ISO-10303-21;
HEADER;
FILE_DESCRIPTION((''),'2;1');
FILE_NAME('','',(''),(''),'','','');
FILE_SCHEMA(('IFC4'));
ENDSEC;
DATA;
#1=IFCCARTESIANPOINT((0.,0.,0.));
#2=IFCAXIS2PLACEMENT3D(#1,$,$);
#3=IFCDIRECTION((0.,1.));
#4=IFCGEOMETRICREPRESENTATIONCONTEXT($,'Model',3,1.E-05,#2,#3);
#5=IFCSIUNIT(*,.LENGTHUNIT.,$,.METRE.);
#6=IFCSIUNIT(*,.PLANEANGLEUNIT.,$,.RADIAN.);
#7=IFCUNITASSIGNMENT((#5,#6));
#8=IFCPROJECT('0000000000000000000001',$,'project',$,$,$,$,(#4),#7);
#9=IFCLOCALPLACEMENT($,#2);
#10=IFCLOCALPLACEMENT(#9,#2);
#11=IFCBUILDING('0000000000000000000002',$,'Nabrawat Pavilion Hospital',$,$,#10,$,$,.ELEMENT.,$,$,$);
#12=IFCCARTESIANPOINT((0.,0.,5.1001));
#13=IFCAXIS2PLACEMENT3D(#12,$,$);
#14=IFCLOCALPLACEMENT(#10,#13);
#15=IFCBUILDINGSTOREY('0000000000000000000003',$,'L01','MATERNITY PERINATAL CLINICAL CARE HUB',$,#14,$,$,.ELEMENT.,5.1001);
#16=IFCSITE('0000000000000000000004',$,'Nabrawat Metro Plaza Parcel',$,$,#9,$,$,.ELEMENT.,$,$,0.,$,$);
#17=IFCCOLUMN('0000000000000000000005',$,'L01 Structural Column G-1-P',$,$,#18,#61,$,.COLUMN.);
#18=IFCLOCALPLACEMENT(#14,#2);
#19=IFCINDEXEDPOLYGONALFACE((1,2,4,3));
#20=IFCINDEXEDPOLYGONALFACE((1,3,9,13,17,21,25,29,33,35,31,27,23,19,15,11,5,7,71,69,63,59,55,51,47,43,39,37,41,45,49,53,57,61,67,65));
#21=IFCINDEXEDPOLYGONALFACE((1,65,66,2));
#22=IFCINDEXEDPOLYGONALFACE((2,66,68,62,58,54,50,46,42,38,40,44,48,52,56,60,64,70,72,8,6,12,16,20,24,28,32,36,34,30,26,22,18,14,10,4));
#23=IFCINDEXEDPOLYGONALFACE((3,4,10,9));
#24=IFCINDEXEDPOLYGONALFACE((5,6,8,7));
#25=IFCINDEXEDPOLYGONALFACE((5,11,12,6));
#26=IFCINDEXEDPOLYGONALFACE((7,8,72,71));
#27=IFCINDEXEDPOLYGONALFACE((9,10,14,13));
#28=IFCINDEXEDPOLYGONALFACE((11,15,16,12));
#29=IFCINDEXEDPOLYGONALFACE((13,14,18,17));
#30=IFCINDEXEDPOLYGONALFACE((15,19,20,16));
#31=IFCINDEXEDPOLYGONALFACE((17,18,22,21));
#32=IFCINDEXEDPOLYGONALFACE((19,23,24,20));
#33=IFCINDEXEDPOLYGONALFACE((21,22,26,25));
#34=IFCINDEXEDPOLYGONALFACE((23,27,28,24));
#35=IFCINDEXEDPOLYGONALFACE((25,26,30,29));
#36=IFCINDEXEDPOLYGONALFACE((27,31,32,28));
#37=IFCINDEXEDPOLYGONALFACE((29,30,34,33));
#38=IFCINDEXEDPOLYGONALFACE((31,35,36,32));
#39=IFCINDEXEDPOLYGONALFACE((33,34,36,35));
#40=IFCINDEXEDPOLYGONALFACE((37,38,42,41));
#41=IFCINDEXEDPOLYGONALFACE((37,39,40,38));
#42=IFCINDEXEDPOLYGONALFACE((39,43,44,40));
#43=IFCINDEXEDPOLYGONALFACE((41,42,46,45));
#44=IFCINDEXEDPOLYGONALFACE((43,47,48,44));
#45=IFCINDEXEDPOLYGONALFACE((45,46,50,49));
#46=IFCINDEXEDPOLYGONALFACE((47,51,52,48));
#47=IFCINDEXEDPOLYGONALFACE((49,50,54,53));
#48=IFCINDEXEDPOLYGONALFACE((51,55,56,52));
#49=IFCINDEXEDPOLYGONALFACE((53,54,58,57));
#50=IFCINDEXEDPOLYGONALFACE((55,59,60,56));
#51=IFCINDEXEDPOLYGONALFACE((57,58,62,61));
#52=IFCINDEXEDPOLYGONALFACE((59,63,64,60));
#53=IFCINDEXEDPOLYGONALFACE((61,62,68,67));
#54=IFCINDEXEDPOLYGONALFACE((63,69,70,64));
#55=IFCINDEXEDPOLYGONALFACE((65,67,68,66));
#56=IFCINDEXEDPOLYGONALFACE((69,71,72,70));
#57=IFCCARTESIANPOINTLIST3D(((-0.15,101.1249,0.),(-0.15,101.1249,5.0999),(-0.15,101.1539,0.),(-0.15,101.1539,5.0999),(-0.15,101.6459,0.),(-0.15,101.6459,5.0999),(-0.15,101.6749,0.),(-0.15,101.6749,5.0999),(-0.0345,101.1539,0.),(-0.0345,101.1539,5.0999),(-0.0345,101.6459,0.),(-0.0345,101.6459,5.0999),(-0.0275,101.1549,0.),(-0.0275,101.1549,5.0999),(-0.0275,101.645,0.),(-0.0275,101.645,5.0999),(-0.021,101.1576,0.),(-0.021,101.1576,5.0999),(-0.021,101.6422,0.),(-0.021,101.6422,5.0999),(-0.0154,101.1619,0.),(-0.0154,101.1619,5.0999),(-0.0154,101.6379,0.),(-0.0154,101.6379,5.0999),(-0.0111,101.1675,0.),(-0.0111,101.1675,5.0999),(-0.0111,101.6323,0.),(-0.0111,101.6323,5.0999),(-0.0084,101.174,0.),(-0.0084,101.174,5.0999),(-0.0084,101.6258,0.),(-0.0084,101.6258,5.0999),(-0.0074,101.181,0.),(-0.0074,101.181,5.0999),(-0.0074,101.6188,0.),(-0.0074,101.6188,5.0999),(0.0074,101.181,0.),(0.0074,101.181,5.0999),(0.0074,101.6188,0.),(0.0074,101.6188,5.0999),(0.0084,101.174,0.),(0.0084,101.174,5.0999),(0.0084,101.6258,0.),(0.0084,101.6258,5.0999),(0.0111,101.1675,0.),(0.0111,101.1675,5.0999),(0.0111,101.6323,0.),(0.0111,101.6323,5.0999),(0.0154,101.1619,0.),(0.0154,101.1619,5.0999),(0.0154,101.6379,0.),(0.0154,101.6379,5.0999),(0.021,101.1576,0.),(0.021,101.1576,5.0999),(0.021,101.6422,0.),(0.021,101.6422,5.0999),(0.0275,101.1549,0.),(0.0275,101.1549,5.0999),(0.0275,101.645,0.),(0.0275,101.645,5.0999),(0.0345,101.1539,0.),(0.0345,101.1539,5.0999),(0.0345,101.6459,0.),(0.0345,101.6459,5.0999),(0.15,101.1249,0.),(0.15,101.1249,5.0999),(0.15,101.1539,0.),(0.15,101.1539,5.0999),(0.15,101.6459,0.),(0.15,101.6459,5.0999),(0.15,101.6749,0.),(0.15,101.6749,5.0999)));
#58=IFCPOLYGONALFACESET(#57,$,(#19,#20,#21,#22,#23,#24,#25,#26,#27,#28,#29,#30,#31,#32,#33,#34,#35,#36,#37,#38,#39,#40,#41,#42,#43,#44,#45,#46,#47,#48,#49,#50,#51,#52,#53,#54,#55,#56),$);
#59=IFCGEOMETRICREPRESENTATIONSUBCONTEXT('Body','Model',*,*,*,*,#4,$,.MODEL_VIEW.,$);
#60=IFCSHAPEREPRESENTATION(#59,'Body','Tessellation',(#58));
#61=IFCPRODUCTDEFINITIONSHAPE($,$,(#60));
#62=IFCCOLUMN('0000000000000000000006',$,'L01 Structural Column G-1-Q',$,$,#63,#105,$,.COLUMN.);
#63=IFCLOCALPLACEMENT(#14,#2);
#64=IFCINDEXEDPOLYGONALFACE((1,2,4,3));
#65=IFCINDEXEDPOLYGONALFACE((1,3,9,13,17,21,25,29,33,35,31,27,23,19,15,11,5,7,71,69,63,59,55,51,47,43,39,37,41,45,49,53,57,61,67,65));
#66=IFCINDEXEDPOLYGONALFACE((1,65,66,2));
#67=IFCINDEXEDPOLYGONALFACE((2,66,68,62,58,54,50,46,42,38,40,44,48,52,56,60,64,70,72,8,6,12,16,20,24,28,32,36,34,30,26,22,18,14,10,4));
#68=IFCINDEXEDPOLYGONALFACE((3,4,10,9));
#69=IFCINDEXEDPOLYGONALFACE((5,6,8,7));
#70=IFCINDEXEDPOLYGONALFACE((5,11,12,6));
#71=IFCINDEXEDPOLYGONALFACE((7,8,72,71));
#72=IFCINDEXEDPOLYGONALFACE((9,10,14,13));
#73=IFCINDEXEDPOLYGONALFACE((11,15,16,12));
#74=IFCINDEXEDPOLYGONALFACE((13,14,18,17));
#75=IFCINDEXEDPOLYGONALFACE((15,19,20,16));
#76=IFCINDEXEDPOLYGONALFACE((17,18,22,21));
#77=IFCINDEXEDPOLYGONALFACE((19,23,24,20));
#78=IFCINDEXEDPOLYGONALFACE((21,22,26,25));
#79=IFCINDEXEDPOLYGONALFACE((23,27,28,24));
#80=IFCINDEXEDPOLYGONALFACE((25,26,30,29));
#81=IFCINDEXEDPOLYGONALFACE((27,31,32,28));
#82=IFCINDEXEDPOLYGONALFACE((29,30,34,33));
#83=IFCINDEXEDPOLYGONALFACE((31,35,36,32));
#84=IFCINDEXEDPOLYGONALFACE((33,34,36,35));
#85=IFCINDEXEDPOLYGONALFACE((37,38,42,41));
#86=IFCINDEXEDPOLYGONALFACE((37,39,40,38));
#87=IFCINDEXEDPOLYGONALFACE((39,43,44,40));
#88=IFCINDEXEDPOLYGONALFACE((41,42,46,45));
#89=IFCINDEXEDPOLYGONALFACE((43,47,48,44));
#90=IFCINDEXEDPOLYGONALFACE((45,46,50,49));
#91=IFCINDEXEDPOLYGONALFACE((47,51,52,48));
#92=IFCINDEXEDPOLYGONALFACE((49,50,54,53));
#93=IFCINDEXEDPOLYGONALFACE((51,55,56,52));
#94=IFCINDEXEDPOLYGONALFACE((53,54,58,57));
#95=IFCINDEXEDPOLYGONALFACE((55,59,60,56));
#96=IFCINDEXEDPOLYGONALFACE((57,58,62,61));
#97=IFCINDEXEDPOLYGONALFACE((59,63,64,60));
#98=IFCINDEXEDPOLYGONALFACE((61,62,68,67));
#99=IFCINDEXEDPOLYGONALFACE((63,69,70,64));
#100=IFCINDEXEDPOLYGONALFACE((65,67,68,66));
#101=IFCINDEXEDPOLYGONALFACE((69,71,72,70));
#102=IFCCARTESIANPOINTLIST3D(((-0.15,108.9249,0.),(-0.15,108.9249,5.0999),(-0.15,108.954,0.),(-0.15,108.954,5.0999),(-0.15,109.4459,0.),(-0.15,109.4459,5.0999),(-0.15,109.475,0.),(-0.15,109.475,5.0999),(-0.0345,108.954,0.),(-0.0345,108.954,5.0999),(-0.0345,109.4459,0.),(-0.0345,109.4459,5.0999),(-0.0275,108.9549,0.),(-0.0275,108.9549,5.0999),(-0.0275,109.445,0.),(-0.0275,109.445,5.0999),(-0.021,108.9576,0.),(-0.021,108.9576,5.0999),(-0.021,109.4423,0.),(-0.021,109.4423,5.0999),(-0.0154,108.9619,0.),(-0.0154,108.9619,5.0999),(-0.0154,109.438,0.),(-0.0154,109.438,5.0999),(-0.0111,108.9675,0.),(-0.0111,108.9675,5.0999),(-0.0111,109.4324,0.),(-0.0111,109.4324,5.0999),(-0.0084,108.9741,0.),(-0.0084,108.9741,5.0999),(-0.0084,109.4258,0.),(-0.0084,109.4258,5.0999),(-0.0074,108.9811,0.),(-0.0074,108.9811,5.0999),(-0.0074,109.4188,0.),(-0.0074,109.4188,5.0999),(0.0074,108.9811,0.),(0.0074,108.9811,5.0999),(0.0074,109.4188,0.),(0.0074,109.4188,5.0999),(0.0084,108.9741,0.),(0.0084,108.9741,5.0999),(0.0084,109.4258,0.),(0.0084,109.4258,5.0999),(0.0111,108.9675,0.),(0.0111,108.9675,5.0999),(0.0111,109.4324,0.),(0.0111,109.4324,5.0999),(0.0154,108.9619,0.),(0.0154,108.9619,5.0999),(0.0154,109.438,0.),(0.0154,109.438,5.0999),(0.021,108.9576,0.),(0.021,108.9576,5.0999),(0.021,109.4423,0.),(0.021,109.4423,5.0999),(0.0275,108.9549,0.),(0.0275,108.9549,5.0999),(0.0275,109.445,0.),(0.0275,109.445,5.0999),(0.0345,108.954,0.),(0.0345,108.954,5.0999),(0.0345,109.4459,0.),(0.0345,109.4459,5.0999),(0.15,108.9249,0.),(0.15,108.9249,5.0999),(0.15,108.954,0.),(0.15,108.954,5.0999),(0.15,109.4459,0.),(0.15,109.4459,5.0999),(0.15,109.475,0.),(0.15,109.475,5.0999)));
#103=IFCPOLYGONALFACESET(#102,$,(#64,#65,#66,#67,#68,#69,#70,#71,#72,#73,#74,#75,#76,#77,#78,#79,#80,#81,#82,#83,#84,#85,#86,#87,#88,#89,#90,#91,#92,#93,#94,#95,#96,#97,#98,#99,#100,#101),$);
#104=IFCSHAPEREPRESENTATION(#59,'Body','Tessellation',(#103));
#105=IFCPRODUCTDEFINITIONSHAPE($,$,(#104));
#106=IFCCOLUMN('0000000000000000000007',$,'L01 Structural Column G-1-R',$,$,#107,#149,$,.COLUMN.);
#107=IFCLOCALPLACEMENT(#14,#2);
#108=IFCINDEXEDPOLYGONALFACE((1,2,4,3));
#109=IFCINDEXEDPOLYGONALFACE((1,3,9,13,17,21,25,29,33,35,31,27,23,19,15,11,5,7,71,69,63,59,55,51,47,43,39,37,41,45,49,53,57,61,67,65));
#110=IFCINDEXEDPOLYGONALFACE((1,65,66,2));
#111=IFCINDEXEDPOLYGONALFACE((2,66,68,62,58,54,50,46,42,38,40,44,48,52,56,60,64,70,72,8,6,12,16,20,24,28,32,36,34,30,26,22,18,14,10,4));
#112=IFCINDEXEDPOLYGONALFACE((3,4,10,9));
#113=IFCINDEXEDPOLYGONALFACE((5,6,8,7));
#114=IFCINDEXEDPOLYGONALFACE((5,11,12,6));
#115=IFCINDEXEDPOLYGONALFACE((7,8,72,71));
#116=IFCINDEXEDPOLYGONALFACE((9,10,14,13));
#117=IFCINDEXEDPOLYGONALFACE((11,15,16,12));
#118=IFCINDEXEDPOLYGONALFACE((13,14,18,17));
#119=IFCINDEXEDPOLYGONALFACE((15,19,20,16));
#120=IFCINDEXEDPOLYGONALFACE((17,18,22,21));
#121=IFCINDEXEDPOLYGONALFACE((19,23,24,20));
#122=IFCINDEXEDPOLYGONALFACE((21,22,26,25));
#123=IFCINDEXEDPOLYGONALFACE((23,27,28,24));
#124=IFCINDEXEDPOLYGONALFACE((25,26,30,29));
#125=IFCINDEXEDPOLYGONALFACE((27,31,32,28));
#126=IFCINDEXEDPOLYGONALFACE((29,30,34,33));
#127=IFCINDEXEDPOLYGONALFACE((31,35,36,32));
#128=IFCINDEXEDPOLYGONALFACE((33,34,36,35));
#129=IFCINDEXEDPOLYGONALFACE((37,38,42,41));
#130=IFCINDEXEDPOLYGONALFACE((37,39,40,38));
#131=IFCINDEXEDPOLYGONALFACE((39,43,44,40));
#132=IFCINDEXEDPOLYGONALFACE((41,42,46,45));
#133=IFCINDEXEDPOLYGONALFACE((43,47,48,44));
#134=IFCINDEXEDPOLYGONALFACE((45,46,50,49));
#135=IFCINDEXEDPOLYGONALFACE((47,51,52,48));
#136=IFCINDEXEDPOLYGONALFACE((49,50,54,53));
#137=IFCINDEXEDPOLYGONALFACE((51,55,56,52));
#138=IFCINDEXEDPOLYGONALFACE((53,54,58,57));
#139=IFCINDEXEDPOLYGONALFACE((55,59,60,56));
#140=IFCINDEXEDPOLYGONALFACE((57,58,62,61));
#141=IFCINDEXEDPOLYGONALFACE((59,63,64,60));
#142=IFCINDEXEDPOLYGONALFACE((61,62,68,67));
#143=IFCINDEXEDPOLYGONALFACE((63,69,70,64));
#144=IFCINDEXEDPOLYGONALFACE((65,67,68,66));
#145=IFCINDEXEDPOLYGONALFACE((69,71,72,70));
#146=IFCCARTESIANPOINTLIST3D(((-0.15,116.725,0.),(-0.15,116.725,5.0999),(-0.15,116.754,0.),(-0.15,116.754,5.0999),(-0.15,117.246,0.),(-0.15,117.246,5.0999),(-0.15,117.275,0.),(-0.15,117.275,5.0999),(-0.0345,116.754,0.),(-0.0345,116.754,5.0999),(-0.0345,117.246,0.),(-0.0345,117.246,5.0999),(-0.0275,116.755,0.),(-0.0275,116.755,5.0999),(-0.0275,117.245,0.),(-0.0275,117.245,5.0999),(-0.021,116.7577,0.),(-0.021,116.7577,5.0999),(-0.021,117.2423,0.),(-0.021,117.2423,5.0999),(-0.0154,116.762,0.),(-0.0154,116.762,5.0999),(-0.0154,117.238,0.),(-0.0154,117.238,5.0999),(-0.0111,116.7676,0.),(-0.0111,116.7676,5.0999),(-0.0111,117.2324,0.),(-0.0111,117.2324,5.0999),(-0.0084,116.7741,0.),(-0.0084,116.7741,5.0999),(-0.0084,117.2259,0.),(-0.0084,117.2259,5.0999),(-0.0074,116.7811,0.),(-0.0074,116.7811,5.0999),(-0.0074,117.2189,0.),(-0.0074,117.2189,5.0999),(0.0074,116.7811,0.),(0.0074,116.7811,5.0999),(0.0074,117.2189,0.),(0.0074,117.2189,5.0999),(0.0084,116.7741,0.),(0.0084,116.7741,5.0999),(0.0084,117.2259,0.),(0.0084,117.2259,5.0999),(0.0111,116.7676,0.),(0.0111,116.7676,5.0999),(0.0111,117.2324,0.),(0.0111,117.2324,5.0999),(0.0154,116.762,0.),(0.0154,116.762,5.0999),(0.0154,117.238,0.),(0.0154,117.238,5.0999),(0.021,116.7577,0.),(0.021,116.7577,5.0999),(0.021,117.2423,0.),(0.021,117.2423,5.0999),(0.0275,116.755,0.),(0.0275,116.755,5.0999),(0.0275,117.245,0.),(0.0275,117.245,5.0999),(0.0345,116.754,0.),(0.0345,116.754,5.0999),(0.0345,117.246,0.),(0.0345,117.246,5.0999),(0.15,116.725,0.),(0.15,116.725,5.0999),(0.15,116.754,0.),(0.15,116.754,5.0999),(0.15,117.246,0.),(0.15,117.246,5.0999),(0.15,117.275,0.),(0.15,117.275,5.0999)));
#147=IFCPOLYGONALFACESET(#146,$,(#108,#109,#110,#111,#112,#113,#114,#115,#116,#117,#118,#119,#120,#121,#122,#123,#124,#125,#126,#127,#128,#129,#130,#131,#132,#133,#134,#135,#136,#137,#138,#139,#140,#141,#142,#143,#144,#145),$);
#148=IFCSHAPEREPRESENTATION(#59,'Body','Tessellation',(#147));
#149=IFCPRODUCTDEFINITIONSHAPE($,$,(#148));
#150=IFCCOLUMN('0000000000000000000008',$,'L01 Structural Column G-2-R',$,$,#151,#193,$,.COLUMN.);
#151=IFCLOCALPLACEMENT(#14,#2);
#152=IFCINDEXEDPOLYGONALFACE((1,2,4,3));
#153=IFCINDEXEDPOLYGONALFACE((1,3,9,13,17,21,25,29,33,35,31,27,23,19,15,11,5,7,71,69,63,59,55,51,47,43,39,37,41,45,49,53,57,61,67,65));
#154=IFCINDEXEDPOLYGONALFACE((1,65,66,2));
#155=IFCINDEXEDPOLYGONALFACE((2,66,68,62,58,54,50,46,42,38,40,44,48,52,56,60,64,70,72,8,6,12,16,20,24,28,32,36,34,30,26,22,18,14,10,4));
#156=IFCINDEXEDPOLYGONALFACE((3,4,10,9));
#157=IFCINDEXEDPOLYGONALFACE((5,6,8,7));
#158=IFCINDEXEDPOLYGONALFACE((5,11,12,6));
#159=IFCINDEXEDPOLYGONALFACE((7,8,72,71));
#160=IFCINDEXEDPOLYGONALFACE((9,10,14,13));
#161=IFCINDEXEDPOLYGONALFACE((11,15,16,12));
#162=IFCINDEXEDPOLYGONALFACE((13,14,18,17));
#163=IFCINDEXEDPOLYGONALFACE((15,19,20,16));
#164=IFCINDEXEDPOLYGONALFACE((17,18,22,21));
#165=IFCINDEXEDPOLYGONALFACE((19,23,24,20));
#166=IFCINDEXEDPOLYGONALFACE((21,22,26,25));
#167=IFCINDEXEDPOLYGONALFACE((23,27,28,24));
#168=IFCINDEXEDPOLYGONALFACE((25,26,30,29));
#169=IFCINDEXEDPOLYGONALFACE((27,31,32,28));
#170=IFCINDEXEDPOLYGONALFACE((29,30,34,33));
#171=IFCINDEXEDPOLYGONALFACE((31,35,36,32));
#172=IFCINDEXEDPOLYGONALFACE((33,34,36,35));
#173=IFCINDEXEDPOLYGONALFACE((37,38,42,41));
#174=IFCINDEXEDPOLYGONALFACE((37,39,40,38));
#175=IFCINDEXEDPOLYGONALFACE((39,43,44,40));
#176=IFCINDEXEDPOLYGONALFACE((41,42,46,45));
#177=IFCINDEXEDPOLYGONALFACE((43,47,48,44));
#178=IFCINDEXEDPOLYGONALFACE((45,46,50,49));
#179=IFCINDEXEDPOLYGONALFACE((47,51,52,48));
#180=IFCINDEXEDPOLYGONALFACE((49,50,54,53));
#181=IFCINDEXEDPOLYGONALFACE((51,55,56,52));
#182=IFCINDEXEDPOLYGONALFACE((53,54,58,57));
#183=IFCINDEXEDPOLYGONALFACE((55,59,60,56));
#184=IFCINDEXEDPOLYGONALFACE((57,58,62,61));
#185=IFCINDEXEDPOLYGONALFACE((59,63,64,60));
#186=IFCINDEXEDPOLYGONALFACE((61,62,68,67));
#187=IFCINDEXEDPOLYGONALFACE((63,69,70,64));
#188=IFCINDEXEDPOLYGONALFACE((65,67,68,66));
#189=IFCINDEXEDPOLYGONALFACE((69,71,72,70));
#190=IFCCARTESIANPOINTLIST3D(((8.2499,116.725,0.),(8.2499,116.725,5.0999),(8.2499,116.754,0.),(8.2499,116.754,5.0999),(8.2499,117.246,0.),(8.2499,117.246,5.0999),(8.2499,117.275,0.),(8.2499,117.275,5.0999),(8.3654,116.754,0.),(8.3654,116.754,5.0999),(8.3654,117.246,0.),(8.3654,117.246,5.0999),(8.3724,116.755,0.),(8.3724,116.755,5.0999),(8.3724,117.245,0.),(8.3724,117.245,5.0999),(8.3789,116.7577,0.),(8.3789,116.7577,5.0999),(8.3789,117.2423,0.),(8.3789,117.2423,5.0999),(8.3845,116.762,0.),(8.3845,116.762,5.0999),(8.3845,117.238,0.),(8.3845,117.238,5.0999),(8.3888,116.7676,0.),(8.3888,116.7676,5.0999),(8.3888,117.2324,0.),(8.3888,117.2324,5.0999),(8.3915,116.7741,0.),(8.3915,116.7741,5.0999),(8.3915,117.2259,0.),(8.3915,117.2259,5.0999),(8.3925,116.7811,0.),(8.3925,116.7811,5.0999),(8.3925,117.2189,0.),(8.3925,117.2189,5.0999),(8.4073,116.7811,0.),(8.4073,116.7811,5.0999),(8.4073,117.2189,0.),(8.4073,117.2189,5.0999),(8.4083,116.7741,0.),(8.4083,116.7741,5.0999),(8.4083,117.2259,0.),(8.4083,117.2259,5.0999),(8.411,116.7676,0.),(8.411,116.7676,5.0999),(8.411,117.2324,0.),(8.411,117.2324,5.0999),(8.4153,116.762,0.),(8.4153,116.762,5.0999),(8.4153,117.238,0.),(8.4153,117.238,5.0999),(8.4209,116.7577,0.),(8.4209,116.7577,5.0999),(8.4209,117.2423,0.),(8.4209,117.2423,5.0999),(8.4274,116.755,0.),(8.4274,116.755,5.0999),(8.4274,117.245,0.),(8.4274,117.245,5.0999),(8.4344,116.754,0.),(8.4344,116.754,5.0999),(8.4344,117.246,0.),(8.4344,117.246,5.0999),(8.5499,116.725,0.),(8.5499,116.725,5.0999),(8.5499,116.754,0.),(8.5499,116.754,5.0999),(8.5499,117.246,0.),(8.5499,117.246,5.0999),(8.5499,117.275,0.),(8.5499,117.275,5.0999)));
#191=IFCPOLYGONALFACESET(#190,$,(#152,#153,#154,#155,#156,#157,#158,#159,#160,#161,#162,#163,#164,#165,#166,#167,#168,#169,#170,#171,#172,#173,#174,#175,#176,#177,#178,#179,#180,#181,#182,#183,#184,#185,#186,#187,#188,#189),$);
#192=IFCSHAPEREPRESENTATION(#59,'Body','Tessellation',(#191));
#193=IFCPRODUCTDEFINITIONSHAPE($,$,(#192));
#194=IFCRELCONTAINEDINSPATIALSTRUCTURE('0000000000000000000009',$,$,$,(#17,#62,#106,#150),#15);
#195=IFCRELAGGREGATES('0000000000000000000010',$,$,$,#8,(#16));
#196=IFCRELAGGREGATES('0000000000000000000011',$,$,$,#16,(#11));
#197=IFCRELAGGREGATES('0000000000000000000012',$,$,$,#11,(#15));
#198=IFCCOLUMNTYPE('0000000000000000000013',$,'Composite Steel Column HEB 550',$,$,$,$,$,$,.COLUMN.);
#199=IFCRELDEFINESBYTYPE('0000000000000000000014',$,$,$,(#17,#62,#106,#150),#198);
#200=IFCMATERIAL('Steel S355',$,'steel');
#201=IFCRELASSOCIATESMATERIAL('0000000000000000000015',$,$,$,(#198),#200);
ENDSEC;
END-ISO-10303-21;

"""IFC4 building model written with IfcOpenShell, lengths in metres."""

from ifc_helpers import new_model, si_unit, direction, frame, origin, origin_2d, place, context, subcontext, project, spatial, i_section, extrude, material, material_profile, profile_set, type_object, element, save


model = new_model("IFC4")

# Units and contexts
model_context = context("Model", 3, precision=1e-05, world=origin(), true_north=direction((0.0, 1.0)))
body_context = subcontext(model_context, "Body", "Model", "MODEL_VIEW")
ifc_project = project(units=[si_unit("LENGTHUNIT", "METRE"), si_unit("PLANEANGLEUNIT", "RADIAN")], contexts=[model_context])

# Site, building, storey
site_placement = place(None, origin())
site = spatial("IfcSite", under=ifc_project, at=site_placement, Name="Nabrawat Metro Plaza Parcel", CompositionType="ELEMENT", RefElevation=0.0)
building_placement = place(site_placement, origin())
building = spatial("IfcBuilding", under=site, at=building_placement, Name="Nabrawat Pavilion Hospital", CompositionType="ELEMENT")
storey_placement = place(building_placement, frame((0.0, 0.0, 5.1001)))
storey = spatial("IfcBuildingStorey", under=building, at=storey_placement, Name="L01", Description="MATERNITY PERINATAL CLINICAL CARE HUB", CompositionType="ELEMENT", Elevation=5.1001)

# Columns
ifc_material_1 = material(Name="Steel S355", Category="steel")
ifc_material_profile_1 = material_profile(ifc_material_1, i_section(OverallWidth=0.3, OverallDepth=0.55, WebThickness=0.0149, FlangeThickness=0.0291, FilletRadius=0.0271, at=origin_2d()), Name="HEB 550")
ifc_profile_set_1 = profile_set([ifc_material_profile_1], Name="Steel S355")
column_type = type_object("IfcColumnType", Name="Composite Steel Column HEB 550", PredefinedType="COLUMN", material=ifc_profile_set_1)
for number, where, z_axis, x_axis, name in (
    (1, (0.0, 101.3999, 0.0), (0.0, 0.0, 1.0), (1.0, 0.0, 0.0), "L01 Structural Column G-1-P"),
    (2, (0.0, 109.2, 0.0), (0.0, 0.0, 1.0), (1.0, 0.0, 0.0), "L01 Structural Column G-1-Q"),
    (3, (0.0, 117.0, 0.0), (0.0, 0.0, 1.0), (1.0, 0.0, 0.0), "L01 Structural Column G-1-R"),
    (4, (8.3999, 117.0, 0.0), (0.0, 0.0, 1.0), (1.0, 0.0, 0.0), "L01 Structural Column G-2-R"),
):
    element("IfcColumn", number, at=place(storey_placement, frame(where, z_axis=z_axis, x_axis=x_axis)), inside=storey, type_object=column_type, Name=name, PredefinedType="COLUMN", context=body_context, shape_type="SweptSolid", body=[
        extrude(i_section(OverallWidth=0.3, OverallDepth=0.55, WebThickness=0.0149, FlangeThickness=0.0291, FilletRadius=0.0271, at=origin_2d()), origin(), (0.0, 0.0, 1.0), 5.0999),
    ])

save(model, "model.ifc")
